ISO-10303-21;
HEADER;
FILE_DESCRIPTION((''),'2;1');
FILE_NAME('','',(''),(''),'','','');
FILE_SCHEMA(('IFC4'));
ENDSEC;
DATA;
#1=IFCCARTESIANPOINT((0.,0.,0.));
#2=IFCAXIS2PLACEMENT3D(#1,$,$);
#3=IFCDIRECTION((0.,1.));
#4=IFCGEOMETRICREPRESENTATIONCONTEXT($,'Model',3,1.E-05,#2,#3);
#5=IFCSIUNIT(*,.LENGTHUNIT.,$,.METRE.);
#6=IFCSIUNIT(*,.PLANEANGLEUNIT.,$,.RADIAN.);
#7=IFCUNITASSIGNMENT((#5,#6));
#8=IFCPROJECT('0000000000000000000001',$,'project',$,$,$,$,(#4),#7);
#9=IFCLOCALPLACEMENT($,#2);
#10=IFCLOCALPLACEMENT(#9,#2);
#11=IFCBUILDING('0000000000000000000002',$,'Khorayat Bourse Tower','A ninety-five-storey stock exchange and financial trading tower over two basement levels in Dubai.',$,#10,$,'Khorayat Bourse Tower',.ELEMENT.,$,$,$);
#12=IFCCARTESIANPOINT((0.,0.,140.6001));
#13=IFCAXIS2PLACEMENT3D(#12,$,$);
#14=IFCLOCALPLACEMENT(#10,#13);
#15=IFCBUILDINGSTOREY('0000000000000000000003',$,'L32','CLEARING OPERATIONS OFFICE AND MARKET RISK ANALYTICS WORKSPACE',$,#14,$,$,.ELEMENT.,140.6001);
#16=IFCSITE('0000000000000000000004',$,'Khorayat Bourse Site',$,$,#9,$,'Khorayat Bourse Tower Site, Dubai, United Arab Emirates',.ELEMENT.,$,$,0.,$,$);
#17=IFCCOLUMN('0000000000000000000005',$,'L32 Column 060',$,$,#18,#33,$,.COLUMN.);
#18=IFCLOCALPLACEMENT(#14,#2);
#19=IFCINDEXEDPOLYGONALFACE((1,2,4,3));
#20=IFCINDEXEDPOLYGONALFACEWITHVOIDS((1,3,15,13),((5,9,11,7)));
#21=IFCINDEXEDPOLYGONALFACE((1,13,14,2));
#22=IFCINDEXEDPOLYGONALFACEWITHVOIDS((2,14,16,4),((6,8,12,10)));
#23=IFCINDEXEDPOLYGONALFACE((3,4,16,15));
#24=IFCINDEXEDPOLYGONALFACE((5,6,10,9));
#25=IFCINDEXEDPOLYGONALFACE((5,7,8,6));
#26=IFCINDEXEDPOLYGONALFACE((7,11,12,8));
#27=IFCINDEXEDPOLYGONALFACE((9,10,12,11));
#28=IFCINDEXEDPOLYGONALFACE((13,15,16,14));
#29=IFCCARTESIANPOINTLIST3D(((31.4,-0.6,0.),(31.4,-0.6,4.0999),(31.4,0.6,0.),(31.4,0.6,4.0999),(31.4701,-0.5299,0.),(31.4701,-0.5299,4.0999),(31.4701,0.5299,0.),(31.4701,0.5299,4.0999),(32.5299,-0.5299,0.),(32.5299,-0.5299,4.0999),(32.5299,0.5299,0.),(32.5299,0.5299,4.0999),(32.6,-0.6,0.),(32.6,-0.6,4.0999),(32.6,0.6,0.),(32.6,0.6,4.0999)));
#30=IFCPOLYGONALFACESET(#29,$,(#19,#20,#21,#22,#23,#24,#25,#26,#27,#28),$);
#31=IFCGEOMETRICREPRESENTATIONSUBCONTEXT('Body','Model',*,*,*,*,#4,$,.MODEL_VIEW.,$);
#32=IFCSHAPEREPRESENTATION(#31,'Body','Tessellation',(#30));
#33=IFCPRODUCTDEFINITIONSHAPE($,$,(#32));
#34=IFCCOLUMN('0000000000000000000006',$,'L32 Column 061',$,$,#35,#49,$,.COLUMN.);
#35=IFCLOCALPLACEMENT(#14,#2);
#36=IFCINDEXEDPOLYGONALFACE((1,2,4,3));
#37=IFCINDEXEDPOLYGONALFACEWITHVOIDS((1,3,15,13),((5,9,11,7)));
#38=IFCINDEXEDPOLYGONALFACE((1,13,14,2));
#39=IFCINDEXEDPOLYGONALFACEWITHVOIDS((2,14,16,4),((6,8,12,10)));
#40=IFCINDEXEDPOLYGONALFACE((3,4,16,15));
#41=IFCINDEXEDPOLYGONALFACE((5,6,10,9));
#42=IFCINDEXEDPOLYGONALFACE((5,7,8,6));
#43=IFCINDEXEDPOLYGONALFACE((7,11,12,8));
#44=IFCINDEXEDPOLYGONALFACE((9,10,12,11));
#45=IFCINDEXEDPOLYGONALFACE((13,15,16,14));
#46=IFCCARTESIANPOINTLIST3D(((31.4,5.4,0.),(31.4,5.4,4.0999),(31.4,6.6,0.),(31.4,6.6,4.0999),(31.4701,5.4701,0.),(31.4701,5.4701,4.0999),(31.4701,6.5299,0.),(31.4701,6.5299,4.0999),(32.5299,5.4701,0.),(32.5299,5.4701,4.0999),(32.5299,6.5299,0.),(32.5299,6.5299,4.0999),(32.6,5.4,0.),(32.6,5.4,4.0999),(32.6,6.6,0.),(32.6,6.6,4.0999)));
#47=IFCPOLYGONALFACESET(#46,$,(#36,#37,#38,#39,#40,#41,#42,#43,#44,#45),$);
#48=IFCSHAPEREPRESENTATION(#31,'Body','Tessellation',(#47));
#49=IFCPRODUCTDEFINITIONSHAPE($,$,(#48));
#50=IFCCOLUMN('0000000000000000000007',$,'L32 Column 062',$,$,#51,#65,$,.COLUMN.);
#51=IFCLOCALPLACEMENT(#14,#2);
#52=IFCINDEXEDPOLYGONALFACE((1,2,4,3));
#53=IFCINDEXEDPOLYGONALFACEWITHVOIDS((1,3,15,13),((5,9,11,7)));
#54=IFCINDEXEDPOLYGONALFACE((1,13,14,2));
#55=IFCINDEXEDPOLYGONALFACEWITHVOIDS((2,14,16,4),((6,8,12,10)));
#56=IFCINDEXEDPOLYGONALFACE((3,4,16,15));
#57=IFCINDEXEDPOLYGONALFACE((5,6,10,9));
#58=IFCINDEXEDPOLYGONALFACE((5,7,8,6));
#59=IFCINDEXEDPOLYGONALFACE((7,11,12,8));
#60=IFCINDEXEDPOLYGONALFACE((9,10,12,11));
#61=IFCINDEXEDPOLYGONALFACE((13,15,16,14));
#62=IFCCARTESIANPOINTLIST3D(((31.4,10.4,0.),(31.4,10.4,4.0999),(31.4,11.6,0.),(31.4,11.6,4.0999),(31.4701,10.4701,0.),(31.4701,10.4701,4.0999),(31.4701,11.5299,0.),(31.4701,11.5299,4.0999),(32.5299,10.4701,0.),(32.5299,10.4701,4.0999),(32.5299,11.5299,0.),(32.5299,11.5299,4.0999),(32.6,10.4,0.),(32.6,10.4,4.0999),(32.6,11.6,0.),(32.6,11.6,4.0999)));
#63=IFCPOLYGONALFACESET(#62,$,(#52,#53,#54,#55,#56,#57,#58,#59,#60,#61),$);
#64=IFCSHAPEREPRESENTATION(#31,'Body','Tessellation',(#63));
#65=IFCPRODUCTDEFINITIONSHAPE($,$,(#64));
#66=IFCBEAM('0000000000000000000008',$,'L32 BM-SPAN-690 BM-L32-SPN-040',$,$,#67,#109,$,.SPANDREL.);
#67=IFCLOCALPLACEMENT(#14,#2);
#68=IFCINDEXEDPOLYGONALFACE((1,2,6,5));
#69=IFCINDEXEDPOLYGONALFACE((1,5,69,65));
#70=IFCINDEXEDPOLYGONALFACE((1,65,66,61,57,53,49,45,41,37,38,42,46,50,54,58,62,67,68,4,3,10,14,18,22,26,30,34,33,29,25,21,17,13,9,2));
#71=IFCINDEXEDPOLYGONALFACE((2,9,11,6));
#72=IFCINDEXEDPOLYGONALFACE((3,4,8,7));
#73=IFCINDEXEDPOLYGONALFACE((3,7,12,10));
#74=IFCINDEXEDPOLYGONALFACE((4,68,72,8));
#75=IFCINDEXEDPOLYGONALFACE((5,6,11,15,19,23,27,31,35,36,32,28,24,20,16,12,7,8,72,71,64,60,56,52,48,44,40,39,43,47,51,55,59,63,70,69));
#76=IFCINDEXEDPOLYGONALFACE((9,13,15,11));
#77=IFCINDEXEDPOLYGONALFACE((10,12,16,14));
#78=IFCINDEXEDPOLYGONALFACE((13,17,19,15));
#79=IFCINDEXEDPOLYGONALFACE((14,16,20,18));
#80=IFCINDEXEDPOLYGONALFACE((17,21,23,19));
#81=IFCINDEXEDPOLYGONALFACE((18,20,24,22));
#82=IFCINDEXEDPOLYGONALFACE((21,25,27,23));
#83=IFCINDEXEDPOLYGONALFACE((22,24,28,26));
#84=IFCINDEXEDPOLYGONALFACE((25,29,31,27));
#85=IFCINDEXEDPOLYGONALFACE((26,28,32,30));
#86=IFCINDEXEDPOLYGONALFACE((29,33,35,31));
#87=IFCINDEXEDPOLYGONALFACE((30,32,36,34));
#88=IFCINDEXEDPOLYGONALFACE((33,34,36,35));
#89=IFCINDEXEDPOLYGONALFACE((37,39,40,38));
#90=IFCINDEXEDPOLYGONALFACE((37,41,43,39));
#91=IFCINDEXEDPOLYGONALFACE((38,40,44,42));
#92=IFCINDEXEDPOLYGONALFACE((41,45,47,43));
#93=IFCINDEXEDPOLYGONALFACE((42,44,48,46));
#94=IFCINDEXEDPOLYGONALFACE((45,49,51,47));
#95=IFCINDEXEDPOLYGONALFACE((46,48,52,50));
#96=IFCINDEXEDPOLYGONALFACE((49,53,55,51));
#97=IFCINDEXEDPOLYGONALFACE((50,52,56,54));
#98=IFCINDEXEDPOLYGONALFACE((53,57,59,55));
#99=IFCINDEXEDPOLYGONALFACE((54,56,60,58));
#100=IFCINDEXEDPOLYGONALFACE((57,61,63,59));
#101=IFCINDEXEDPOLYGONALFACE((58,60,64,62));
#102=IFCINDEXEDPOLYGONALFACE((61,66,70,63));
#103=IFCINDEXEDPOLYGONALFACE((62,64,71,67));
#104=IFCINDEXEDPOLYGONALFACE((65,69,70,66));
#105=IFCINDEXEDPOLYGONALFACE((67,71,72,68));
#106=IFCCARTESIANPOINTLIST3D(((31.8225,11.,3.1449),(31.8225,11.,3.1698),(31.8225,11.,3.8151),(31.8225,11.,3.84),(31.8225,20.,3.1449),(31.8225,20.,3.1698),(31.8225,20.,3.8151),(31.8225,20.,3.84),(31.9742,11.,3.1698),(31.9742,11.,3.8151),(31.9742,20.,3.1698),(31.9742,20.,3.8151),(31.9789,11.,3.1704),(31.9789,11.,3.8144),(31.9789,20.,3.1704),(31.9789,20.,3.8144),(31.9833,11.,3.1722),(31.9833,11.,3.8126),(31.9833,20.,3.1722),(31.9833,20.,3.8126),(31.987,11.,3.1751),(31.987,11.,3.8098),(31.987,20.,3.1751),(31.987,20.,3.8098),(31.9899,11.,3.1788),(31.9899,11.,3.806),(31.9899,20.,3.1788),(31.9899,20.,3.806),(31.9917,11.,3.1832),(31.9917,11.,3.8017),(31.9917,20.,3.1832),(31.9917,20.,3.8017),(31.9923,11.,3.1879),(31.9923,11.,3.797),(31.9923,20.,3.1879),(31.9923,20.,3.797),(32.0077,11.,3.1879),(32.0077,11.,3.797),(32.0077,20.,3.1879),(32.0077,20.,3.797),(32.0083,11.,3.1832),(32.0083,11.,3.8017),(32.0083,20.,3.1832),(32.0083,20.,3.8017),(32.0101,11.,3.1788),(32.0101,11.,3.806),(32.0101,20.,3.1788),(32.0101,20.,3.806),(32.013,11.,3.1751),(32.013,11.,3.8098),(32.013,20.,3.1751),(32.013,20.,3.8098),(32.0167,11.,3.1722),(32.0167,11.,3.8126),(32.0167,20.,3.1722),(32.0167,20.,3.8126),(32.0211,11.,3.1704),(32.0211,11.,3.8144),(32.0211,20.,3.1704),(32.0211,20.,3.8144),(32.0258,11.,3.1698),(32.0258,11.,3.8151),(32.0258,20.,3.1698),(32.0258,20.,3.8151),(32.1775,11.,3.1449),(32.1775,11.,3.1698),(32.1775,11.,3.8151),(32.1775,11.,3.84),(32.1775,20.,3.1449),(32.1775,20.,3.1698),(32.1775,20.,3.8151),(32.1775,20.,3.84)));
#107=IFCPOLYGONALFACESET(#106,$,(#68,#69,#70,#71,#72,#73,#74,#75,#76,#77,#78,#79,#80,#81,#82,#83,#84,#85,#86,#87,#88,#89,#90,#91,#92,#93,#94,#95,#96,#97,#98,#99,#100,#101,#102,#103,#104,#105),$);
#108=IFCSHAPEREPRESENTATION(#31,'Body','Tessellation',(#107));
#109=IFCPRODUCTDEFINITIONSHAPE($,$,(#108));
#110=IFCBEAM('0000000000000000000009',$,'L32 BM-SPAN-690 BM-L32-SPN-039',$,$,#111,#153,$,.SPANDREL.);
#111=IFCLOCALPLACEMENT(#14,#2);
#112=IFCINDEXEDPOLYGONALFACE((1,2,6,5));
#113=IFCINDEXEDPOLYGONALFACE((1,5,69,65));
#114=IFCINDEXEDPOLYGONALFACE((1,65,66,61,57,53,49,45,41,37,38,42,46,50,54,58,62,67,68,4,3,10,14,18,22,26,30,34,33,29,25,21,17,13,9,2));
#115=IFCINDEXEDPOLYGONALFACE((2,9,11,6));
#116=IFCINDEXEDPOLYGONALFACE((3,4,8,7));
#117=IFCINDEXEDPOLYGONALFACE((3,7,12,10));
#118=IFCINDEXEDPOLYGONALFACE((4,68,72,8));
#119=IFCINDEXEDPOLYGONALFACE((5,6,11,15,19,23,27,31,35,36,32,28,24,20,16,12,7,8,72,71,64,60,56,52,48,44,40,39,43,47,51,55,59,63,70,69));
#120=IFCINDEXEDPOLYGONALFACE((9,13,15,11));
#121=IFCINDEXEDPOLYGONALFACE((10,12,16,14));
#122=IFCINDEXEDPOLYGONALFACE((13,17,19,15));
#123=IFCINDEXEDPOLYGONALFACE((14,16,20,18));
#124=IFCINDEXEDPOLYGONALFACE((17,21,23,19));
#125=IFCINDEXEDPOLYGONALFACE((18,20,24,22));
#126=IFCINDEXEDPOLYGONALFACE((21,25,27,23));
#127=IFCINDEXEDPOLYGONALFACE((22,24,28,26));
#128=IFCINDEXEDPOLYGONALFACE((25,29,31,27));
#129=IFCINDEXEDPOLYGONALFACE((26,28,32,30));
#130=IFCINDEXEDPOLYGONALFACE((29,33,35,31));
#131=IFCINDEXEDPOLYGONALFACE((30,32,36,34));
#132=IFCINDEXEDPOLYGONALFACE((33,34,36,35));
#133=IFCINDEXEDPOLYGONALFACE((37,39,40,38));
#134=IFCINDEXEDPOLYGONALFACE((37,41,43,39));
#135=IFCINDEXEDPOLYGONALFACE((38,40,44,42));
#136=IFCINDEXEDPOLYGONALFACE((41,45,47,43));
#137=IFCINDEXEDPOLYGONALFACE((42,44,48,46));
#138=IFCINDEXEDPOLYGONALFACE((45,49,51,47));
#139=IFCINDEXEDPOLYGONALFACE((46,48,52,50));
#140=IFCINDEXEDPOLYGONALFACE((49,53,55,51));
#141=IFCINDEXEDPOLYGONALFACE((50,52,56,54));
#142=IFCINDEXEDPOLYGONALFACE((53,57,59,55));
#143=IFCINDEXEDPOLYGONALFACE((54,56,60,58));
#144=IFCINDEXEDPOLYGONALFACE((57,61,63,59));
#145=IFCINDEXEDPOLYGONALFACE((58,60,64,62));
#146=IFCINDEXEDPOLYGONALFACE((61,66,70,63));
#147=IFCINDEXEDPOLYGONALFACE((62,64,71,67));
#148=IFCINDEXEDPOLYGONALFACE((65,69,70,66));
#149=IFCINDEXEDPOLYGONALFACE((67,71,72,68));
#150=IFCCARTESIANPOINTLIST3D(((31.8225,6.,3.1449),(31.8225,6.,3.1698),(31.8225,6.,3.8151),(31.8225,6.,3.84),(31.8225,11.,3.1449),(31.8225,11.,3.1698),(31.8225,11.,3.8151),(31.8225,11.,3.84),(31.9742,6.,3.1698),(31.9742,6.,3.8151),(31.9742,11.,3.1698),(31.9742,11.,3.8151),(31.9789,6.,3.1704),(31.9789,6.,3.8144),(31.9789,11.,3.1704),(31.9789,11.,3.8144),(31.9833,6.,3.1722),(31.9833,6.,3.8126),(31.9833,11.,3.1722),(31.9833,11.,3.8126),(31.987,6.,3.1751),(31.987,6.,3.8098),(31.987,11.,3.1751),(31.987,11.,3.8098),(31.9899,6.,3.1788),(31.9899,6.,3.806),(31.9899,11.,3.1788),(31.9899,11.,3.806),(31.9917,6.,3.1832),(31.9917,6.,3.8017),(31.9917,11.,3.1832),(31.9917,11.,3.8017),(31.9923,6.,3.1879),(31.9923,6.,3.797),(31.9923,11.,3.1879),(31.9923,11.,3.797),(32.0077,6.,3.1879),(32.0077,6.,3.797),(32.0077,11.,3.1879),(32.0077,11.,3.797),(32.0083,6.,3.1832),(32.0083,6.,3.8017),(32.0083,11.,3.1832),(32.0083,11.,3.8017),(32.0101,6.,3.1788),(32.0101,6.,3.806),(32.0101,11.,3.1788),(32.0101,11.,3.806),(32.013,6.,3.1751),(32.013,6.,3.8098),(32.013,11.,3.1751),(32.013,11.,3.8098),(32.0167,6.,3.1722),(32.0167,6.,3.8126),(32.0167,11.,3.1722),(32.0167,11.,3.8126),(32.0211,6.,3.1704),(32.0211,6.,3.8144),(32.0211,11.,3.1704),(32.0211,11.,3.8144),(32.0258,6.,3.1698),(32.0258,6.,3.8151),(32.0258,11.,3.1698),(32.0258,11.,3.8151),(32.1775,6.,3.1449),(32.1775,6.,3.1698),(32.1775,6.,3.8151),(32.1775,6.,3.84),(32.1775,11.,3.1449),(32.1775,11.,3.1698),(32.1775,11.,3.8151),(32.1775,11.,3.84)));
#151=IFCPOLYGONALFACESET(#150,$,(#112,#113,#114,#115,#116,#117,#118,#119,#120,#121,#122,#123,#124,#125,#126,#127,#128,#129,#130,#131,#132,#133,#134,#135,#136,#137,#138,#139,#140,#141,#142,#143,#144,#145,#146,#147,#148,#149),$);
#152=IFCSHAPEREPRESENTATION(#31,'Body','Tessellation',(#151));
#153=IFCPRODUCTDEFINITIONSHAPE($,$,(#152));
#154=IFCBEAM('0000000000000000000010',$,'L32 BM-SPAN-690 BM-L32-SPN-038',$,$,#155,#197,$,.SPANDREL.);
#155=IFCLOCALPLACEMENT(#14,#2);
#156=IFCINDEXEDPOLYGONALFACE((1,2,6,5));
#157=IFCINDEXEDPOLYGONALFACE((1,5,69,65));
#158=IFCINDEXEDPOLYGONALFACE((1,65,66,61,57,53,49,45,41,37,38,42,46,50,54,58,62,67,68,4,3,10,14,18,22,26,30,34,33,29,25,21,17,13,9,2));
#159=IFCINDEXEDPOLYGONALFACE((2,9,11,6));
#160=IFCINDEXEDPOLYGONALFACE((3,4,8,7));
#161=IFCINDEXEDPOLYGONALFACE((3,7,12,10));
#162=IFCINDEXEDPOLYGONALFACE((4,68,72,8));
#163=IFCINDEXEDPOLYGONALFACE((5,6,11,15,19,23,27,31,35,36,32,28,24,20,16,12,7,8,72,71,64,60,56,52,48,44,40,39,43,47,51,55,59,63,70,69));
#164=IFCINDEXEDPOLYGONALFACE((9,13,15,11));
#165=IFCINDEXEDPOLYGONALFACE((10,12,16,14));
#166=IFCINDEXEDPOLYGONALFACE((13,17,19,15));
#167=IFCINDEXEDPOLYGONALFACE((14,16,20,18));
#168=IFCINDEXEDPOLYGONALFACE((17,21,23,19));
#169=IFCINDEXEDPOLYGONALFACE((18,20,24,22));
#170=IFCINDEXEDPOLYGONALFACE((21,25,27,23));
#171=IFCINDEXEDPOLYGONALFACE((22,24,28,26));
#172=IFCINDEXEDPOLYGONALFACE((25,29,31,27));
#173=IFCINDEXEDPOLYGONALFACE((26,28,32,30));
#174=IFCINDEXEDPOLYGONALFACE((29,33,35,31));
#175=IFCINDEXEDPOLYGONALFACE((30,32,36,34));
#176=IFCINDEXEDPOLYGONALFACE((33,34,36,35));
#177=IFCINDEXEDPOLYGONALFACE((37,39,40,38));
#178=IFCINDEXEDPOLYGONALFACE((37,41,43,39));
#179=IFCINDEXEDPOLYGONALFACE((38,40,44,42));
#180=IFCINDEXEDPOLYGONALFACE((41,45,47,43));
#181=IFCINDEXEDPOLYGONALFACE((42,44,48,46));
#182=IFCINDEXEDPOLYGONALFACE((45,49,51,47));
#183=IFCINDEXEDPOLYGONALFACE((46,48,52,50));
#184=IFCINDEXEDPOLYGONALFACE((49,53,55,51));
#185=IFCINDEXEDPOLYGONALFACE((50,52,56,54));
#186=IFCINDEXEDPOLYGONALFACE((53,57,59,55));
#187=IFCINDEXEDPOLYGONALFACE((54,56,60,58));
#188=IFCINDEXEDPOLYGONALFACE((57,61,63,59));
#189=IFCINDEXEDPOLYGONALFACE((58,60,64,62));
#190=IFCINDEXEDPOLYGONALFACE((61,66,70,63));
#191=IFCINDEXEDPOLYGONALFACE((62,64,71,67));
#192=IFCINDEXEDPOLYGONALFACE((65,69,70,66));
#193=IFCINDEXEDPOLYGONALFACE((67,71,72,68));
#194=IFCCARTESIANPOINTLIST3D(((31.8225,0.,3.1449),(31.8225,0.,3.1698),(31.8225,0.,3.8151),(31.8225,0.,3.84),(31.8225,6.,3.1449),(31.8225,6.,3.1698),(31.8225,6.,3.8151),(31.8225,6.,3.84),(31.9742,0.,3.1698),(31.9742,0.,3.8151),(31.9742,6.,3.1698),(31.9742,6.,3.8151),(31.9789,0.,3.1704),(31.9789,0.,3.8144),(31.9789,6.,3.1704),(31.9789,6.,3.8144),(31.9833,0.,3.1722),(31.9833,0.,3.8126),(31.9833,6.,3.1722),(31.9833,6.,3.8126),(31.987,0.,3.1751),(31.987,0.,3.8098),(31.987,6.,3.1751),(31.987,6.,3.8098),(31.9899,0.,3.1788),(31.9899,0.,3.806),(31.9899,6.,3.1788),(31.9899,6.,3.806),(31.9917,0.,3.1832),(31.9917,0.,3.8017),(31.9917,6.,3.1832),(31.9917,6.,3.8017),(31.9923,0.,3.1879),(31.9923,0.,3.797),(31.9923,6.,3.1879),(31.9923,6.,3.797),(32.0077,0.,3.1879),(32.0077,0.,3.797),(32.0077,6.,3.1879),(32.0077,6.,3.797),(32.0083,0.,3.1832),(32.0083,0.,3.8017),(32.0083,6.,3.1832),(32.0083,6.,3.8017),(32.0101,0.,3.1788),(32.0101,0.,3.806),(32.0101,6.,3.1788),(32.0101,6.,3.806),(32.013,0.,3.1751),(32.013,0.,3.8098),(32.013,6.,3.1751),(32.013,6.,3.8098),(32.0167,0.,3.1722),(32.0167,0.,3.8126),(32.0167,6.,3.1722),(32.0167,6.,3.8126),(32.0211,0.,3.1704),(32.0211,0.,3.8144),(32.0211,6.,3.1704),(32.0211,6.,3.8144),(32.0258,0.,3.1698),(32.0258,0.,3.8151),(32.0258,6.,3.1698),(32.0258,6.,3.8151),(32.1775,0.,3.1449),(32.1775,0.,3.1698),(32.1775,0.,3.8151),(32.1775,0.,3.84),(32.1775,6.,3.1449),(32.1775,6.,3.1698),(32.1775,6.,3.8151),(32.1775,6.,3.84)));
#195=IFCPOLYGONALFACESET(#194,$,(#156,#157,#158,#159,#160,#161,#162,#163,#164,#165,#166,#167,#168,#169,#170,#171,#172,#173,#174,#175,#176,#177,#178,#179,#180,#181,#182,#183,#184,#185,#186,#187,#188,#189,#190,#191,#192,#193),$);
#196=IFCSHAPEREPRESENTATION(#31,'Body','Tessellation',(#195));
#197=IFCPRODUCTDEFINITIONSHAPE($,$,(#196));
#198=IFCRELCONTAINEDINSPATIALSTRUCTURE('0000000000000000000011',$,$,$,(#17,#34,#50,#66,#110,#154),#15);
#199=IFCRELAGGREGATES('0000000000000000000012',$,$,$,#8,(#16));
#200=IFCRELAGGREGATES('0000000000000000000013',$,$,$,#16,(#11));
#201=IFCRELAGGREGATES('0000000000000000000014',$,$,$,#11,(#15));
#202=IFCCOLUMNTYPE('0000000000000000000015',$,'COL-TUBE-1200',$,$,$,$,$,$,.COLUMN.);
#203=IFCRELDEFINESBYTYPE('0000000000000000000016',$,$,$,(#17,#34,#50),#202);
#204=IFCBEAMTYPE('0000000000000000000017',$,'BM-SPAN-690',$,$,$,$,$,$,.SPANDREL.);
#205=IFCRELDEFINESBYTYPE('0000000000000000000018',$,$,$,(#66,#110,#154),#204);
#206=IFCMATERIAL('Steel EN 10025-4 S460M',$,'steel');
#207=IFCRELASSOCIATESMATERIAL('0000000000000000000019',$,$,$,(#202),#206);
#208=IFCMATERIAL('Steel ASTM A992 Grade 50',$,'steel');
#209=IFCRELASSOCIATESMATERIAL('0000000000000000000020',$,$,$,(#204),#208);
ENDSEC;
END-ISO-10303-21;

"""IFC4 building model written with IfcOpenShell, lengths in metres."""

from ifc_helpers import new_model, si_unit, direction, frame, origin, origin_2d, place, context, subcontext, project, spatial, hollow_rectangle, i_section, extrude, source, transform, mapped, material, material_profile, profile_set, type_object, element, save


model = new_model("IFC4")

# Units and contexts
model_context = context("Model", 3, precision=1e-05, world=origin(), true_north=direction((0.0, 1.0)))
body_context = subcontext(model_context, "Body", "Model", "MODEL_VIEW")
ifc_project = project(units=[si_unit("LENGTHUNIT", "METRE"), si_unit("PLANEANGLEUNIT", "RADIAN")], contexts=[model_context])

# Site, building, storey
site_placement = place(None, origin())
site = spatial("IfcSite", under=ifc_project, at=site_placement, Name="Khorayat Bourse Site", LongName="Khorayat Bourse Tower Site, Dubai, United Arab Emirates", CompositionType="ELEMENT", RefElevation=0.0)
building_placement = place(site_placement, origin())
building = spatial("IfcBuilding", under=site, at=building_placement, Name="Khorayat Bourse Tower", Description="A ninety-five-storey stock exchange and financial trading tower over two basement levels in Dubai.", LongName="Khorayat Bourse Tower", CompositionType="ELEMENT")
storey_placement = place(building_placement, frame((0.0, 0.0, 140.6001)))
storey = spatial("IfcBuildingStorey", under=building, at=storey_placement, Name="L32", Description="CLEARING OPERATIONS OFFICE AND MARKET RISK ANALYTICS WORKSPACE", CompositionType="ELEMENT", Elevation=140.6001)

# Columns
ifc_material_1 = material(Name="Steel EN 10025-4 S460M", Category="steel")
ifc_material_profile_1 = material_profile(ifc_material_1, hollow_rectangle(XDim=1.2, YDim=1.2, WallThickness=0.0701, at=origin_2d()), Name="BOX 1200x1200x70")
ifc_profile_set_1 = profile_set([ifc_material_profile_1], Name="Steel EN 10025-4 S460M")
column_type = type_object("IfcColumnType", Name="COL-TUBE-1200", PredefinedType="COLUMN", material=ifc_profile_set_1)
shared_shape_1 = source(origin(), body_context, "Body", "SweptSolid", [
    extrude(hollow_rectangle(XDim=1.2, YDim=1.2, WallThickness=0.0701, at=origin_2d()), origin(), (0.0, 0.0, 1.0), 4.0999),
])
for number, where, z_axis, x_axis, name in (
    (1, (32.0, 0.0, 0.0), (0.0, 0.0, 1.0), (1.0, 0.0, 0.0), "L32 Column 060"),
    (2, (32.0, 6.0, 0.0), (0.0, 0.0, 1.0), (1.0, 0.0, 0.0), "L32 Column 061"),
    (3, (32.0, 11.0, 0.0), (0.0, 0.0, 1.0), (1.0, 0.0, 0.0), "L32 Column 062"),
):
    element("IfcColumn", number, at=place(storey_placement, frame(where, z_axis=z_axis, x_axis=x_axis)), inside=storey, type_object=column_type, Name=name, PredefinedType="COLUMN", context=body_context, shape_type="MappedRepresentation", body=[
        mapped(shared_shape_1, transform((0.0, 0.0, 0.0), scale=1.0)),
    ])

# Beams
ifc_material_2 = material(Name="Steel ASTM A992 Grade 50", Category="steel")
ifc_material_profile_2 = material_profile(ifc_material_2, i_section(OverallWidth=0.355, OverallDepth=0.6951, WebThickness=0.0154, FlangeThickness=0.0249, FilletRadius=0.0181, at=origin_2d()), Name="W690X217")
ifc_profile_set_2 = profile_set([ifc_material_profile_2], Name="Steel ASTM A992 Grade 50")
beam_type_1 = type_object("IfcBeamType", Name="BM-SPAN-690", PredefinedType="SPANDREL", material=ifc_profile_set_2)
shared_shape_2 = source(origin(), body_context, "Body", "SweptSolid", [
    extrude(i_section(OverallWidth=0.355, OverallDepth=0.6951, WebThickness=0.0154, FlangeThickness=0.0249, FilletRadius=0.0181, at=origin_2d()), origin(), (0.0, 0.0, 1.0), 9.0),
])
beam_1_placement = place(storey_placement, frame((32.0, 11.0, 3.4924), z_axis=(0.0, 1.0, 0.0), x_axis=(-1.0, 0.0, 0.0)))
element("IfcBeam", 4, at=beam_1_placement, inside=storey, type_object=beam_type_1, Name="L32 BM-SPAN-690 BM-L32-SPN-040", PredefinedType="SPANDREL", context=body_context, shape_type="MappedRepresentation", body=[
    mapped(shared_shape_2, transform((0.0, 0.0, 0.0), scale=1.0)),
])
shared_shape_3 = source(origin(), body_context, "Body", "SweptSolid", [
    extrude(i_section(OverallWidth=0.355, OverallDepth=0.6951, WebThickness=0.0154, FlangeThickness=0.0249, FilletRadius=0.0181, at=origin_2d()), origin(), (0.0, 0.0, 1.0), 5.0),
])
beam_2_placement = place(storey_placement, frame((32.0, 6.0, 3.4924), z_axis=(0.0, 1.0, 0.0), x_axis=(-1.0, 0.0, 0.0)))
element("IfcBeam", 5, at=beam_2_placement, inside=storey, type_object=beam_type_1, Name="L32 BM-SPAN-690 BM-L32-SPN-039", PredefinedType="SPANDREL", context=body_context, shape_type="MappedRepresentation", body=[
    mapped(shared_shape_3, transform((0.0, 0.0, 0.0), scale=1.0)),
])
shared_shape_4 = source(origin(), body_context, "Body", "SweptSolid", [
    extrude(i_section(OverallWidth=0.355, OverallDepth=0.6951, WebThickness=0.0154, FlangeThickness=0.0249, FilletRadius=0.0181, at=origin_2d()), origin(), (0.0, 0.0, 1.0), 6.0),
])
beam_3_placement = place(storey_placement, frame((32.0, 0.0, 3.4924), z_axis=(0.0, 1.0, 0.0), x_axis=(-1.0, 0.0, 0.0)))
element("IfcBeam", 6, at=beam_3_placement, inside=storey, type_object=beam_type_1, Name="L32 BM-SPAN-690 BM-L32-SPN-038", PredefinedType="SPANDREL", context=body_context, shape_type="MappedRepresentation", body=[
    mapped(shared_shape_4, transform((0.0, 0.0, 0.0), scale=1.0)),
])

save(model, "model.ifc")
